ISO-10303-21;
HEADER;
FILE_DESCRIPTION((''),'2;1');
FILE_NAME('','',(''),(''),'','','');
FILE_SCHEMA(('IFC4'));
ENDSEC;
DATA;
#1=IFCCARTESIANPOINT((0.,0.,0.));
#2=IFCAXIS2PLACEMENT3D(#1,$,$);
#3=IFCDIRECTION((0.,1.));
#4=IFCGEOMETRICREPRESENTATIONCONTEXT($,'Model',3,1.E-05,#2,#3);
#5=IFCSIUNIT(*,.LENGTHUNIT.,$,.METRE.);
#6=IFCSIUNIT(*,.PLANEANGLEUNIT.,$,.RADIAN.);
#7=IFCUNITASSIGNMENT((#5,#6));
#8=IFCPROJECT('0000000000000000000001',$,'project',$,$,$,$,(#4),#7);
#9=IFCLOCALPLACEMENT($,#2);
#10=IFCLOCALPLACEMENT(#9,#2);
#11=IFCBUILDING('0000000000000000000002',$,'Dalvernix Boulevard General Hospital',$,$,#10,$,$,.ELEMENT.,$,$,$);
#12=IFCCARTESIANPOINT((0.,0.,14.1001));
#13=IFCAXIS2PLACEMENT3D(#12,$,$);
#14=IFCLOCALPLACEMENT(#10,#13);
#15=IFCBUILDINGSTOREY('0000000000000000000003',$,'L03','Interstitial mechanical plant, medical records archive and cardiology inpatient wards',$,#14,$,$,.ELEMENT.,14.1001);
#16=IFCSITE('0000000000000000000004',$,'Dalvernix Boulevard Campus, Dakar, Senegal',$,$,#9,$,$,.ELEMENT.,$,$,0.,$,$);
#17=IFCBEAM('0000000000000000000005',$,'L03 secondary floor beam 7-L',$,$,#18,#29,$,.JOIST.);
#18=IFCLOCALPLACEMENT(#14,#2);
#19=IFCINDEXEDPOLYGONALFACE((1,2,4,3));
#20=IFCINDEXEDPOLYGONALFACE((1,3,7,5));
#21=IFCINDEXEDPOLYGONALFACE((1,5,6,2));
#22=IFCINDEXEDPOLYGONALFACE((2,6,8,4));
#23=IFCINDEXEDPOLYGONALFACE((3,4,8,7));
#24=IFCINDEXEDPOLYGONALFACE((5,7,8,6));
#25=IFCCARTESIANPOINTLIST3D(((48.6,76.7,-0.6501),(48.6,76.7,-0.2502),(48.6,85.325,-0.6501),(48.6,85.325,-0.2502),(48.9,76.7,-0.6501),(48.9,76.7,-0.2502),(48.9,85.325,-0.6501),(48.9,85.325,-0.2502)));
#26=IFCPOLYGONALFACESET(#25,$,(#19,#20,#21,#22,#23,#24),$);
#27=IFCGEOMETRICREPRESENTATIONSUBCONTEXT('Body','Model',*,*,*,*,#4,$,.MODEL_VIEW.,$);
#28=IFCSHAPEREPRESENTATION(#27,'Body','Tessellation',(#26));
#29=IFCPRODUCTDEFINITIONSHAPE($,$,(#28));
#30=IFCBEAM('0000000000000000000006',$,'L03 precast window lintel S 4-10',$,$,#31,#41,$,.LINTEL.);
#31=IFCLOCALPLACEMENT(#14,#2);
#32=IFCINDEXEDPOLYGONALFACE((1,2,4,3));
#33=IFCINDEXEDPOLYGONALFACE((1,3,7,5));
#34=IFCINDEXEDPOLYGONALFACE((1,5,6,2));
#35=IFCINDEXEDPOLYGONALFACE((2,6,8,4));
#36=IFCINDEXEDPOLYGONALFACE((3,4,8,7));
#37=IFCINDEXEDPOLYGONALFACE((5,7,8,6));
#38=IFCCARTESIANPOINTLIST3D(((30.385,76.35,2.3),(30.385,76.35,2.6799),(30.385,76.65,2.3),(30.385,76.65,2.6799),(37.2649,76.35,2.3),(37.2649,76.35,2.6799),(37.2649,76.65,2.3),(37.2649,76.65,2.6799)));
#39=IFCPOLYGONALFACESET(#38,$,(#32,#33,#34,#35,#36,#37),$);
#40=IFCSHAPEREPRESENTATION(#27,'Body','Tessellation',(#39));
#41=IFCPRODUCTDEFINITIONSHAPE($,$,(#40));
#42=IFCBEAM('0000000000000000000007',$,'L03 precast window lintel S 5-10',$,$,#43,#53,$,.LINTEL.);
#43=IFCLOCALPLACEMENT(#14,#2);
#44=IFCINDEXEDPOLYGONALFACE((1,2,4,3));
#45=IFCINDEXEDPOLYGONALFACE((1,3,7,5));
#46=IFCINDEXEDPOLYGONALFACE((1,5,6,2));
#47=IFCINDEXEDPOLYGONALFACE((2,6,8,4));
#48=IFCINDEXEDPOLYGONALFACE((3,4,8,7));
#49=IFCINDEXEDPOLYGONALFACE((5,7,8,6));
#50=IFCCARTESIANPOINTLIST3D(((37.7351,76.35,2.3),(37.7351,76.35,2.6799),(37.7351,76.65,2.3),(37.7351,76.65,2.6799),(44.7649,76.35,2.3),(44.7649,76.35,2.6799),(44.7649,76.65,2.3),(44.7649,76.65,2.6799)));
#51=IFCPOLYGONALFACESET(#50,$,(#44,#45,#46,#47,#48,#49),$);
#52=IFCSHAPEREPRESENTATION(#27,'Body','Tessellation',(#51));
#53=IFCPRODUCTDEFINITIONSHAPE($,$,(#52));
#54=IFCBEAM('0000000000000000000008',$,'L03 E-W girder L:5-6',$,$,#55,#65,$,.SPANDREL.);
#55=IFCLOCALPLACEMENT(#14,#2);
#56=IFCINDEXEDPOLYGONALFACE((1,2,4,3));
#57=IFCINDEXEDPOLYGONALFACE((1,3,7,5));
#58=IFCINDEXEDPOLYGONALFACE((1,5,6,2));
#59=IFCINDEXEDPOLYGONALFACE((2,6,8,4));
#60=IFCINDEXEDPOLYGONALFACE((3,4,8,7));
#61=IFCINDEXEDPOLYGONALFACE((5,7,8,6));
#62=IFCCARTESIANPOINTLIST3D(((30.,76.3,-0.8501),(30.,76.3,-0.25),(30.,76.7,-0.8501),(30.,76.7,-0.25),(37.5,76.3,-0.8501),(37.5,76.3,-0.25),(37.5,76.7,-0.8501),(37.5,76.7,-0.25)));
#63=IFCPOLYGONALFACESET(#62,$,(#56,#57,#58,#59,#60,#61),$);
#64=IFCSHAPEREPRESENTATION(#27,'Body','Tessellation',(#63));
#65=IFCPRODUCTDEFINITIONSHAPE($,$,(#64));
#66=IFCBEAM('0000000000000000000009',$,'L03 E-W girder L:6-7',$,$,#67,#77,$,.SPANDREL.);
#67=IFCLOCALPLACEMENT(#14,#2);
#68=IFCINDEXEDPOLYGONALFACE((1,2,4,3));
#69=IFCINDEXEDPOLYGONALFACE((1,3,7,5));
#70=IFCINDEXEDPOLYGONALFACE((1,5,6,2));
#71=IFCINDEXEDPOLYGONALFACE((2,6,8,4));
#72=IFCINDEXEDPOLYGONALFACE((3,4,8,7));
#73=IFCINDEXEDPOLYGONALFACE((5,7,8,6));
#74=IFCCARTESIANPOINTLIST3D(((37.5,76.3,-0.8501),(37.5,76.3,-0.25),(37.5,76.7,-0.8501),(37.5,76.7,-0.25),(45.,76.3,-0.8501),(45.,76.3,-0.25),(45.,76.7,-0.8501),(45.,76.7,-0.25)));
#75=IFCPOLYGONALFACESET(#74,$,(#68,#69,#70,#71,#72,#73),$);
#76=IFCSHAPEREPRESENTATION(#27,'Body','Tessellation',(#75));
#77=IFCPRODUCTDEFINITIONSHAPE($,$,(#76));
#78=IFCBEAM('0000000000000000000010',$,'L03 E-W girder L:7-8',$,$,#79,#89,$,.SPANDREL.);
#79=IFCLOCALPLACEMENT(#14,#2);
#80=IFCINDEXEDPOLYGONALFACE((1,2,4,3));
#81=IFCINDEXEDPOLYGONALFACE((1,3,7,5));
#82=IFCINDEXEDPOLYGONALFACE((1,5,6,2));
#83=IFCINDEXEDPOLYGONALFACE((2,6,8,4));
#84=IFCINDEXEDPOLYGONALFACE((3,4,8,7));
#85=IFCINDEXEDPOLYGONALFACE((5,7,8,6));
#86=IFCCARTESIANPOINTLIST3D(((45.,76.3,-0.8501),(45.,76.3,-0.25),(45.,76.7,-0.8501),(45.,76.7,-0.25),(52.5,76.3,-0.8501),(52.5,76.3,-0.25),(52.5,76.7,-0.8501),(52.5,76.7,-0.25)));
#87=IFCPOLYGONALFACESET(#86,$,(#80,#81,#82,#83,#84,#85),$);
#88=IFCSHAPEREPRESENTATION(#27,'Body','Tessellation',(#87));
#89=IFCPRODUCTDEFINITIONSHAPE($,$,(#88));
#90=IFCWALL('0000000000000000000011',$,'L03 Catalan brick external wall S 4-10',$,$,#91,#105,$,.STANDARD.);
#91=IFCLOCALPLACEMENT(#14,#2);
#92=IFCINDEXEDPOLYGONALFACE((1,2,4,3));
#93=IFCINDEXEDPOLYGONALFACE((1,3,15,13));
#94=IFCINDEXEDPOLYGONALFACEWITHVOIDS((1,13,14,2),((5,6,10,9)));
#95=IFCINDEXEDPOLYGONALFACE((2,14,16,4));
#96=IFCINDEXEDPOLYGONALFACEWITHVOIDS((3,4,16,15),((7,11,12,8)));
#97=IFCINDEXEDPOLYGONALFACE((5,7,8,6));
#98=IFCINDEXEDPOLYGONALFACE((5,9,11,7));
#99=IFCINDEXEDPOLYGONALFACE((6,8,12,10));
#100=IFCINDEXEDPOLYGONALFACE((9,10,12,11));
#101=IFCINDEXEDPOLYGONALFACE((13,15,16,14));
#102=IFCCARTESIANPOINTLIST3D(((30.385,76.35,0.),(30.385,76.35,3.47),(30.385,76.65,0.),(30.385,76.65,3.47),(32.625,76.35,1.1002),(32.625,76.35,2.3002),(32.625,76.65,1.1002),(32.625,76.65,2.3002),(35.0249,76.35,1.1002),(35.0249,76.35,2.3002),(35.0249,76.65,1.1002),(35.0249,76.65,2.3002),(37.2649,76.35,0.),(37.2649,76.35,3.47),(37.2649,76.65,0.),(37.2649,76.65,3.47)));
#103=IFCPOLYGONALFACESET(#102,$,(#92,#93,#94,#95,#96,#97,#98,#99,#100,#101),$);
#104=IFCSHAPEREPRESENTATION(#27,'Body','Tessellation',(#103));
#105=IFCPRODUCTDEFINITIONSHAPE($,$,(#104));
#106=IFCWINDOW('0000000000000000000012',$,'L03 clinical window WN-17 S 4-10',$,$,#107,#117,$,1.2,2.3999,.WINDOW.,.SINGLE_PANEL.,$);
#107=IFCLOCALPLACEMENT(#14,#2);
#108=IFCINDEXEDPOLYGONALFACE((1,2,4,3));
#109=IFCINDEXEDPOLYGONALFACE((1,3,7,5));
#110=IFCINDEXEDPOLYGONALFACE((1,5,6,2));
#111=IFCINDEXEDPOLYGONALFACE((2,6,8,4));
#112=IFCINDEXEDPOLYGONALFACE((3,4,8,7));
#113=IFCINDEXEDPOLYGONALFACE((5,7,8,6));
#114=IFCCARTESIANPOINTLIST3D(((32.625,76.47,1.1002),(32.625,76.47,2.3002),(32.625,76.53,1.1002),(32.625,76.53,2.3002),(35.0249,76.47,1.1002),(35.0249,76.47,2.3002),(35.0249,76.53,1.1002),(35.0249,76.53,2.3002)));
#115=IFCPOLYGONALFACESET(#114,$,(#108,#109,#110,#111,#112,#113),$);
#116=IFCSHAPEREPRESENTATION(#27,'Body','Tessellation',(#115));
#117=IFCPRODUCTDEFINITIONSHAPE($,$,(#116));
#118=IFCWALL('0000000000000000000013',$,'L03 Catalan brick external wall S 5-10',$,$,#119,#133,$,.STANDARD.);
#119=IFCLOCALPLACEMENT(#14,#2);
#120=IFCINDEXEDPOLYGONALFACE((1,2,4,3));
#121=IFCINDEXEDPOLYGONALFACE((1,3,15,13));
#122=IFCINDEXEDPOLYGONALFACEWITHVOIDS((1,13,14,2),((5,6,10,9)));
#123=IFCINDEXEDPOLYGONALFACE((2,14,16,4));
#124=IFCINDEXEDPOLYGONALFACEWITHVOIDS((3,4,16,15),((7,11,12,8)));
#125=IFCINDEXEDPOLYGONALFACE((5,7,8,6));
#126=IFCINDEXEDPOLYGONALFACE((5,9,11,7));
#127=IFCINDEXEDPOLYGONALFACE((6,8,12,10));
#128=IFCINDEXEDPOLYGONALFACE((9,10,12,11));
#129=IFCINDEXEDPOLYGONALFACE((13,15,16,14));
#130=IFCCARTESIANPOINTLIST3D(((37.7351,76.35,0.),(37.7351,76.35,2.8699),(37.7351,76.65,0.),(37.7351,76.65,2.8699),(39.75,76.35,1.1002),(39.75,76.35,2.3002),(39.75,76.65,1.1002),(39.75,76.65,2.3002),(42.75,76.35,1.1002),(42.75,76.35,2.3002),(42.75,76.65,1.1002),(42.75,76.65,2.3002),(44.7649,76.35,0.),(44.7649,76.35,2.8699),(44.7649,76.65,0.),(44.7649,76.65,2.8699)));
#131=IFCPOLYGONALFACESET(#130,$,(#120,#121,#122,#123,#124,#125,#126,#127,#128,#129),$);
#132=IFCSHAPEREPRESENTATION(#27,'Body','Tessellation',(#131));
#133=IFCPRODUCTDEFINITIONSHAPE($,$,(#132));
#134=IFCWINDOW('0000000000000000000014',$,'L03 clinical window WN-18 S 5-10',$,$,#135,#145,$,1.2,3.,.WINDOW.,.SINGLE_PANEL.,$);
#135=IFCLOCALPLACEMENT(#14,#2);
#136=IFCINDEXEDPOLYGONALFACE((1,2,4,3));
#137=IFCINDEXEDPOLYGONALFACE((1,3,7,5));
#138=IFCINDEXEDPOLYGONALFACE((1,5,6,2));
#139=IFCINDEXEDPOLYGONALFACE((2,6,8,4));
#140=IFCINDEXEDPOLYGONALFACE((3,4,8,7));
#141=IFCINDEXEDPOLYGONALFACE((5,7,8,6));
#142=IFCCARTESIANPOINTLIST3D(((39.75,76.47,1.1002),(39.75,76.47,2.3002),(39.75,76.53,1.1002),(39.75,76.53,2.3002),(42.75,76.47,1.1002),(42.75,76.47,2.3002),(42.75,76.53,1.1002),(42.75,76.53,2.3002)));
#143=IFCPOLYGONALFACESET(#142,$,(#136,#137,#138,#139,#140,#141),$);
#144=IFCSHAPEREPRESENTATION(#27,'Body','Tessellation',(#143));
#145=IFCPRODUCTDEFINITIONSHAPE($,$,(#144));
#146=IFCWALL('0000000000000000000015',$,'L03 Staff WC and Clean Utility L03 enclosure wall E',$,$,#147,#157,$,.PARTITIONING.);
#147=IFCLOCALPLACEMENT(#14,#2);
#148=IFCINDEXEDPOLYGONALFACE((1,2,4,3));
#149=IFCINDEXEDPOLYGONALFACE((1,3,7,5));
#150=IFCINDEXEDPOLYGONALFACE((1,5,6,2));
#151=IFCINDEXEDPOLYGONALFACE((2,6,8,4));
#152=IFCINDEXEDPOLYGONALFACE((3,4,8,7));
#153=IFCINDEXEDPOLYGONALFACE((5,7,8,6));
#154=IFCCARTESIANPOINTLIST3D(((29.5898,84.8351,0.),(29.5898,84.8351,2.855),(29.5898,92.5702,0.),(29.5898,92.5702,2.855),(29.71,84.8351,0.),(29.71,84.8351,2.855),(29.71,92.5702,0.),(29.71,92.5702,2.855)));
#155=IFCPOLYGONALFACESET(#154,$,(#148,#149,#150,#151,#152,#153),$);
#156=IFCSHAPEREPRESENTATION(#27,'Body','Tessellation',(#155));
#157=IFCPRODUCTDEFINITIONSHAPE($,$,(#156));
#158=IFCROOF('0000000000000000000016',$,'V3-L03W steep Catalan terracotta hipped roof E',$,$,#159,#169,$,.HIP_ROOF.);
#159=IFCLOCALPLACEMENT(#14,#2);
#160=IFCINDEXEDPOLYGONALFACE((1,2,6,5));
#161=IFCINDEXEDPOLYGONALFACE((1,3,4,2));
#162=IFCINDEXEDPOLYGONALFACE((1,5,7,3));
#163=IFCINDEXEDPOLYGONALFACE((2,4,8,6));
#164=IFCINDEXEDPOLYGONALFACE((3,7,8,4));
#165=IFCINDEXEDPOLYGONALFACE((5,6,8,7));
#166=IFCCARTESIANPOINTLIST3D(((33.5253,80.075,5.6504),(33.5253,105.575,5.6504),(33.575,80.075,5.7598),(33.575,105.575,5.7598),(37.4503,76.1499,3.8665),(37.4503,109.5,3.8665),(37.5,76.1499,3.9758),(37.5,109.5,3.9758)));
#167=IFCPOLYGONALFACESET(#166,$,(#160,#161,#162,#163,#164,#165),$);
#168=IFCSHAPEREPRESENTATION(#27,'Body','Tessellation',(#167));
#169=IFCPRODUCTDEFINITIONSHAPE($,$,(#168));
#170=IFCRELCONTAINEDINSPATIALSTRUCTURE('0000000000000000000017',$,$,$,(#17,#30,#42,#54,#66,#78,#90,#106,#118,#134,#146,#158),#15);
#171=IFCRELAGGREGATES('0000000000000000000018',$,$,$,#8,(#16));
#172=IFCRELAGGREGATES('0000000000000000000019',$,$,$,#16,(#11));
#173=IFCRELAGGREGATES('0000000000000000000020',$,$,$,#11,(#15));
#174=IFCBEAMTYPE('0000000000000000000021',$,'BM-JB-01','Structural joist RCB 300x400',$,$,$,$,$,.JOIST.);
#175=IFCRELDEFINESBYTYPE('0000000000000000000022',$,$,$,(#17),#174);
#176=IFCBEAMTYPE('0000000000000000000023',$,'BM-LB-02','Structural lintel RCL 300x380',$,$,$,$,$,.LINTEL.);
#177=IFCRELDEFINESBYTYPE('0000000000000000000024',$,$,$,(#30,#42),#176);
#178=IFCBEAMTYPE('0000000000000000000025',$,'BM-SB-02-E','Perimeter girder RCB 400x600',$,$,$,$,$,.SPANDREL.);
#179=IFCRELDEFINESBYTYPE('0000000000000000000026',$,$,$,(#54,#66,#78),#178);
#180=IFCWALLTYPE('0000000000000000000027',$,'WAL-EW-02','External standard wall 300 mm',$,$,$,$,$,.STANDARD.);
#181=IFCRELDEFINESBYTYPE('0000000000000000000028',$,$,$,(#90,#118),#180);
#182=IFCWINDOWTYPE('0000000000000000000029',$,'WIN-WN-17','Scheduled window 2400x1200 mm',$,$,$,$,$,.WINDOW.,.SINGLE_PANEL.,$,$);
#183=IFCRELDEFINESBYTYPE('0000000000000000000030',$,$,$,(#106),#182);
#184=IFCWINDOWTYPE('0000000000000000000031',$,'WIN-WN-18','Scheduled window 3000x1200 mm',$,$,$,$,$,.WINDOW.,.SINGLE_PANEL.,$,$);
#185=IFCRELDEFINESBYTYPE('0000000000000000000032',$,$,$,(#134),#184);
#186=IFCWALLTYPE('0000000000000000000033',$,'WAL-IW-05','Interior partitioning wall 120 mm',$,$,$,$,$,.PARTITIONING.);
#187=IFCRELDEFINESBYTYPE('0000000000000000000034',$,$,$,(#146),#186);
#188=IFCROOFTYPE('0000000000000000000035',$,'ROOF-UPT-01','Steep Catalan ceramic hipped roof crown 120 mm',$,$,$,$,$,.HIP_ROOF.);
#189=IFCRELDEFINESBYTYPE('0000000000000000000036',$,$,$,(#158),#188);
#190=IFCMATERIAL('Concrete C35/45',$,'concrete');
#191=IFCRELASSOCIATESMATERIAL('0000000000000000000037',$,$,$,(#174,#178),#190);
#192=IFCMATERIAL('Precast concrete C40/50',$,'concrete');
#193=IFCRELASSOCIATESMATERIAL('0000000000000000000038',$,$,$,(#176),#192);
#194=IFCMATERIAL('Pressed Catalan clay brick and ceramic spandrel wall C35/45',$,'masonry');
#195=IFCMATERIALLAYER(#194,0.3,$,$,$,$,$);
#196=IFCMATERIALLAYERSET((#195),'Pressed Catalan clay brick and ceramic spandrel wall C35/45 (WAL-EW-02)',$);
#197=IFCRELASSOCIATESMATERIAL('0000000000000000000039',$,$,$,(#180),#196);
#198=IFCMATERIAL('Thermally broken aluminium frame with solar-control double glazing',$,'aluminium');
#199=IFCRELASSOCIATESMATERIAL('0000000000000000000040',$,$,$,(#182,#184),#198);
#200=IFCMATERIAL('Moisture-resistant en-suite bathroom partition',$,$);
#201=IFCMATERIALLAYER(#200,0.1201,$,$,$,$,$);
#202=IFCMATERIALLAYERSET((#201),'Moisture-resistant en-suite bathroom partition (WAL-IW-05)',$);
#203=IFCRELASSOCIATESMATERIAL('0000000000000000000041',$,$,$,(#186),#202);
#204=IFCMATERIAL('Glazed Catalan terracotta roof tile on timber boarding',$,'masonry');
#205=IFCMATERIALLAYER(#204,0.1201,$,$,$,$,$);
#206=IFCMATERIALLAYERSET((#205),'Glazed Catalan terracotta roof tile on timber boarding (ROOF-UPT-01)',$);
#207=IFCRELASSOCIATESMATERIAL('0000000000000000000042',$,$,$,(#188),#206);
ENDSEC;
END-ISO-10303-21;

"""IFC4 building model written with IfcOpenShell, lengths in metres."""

from ifc_helpers import new_model, si_unit, direction, frame, frame_2d, origin, origin_2d, place, context, subcontext, project, spatial, polyline, rectangle, outline, extrude, material, layer, layer_set, material_profile, profile_set, type_object, element, fill, save


model = new_model("IFC4")

# Units and contexts
model_context = context("Model", 3, precision=1e-05, world=origin(), true_north=direction((0.0, 1.0)))
body_context = subcontext(model_context, "Body", "Model", "MODEL_VIEW")
ifc_project = project(units=[si_unit("LENGTHUNIT", "METRE"), si_unit("PLANEANGLEUNIT", "RADIAN")], contexts=[model_context])

# Site, building, storey
site_placement = place(None, origin())
site = spatial("IfcSite", under=ifc_project, at=site_placement, Name="Dalvernix Boulevard Campus, Dakar, Senegal", CompositionType="ELEMENT", RefElevation=0.0)
building_placement = place(site_placement, origin())
building = spatial("IfcBuilding", under=site, at=building_placement, Name="Dalvernix Boulevard General Hospital", CompositionType="ELEMENT")
storey_placement = place(building_placement, frame((0.0, 0.0, 14.1001)))
storey = spatial("IfcBuildingStorey", under=building, at=storey_placement, Name="L03", Description="Interstitial mechanical plant, medical records archive and cardiology inpatient wards", CompositionType="ELEMENT", Elevation=14.1001)

# Beams
ifc_material_1 = material(Name="Concrete C35/45", Category="concrete")
ifc_material_profile_1 = material_profile(ifc_material_1, rectangle(XDim=0.3, YDim=0.3999, at=origin_2d()), Name="RCB 300x400")
ifc_profile_set_1 = profile_set([ifc_material_profile_1], Name="Concrete C35/45")
beam_type_1 = type_object("IfcBeamType", Name="BM-JB-01", Description="Structural joist RCB 300x400", PredefinedType="JOIST", material=ifc_profile_set_1)
for number, where, z_axis, x_axis, name in (
    (1, (48.75, 76.7, -0.4502), (0.0, 1.0, 0.0), (-1.0, 0.0, 0.0), "L03 secondary floor beam 7-L"),
):
    element("IfcBeam", number, at=place(storey_placement, frame(where, z_axis=z_axis, x_axis=x_axis)), inside=storey, type_object=beam_type_1, Name=name, PredefinedType="JOIST", context=body_context, shape_type="SweptSolid", body=[
        extrude(rectangle(XDim=0.3, YDim=0.3999, at=origin_2d()), origin(), (0.0, 0.0, 1.0), 8.625),
    ])
ifc_material_2 = material(Name="Precast concrete C40/50", Category="concrete")
ifc_material_profile_2 = material_profile(ifc_material_2, rectangle(XDim=0.3, YDim=0.3799, at=origin_2d()), Name="RCL 300x380")
ifc_profile_set_2 = profile_set([ifc_material_profile_2], Name="Precast concrete C40/50")
beam_type_2 = type_object("IfcBeamType", Name="BM-LB-02", Description="Structural lintel RCL 300x380", PredefinedType="LINTEL", material=ifc_profile_set_2)
beam_1_placement = place(storey_placement, frame((37.2649, 76.5, 2.49), z_axis=(-1.0, 0.0, 0.0), x_axis=(0.0, -1.0, 0.0)))
element("IfcBeam", 2, at=beam_1_placement, inside=storey, type_object=beam_type_2, Name="L03 precast window lintel S 4-10", PredefinedType="LINTEL", context=body_context, shape_type="SweptSolid", body=[
    extrude(rectangle(XDim=0.3, YDim=0.3799, at=origin_2d()), origin(), (0.0, 0.0, 1.0), 6.8799),
])
beam_2_placement = place(storey_placement, frame((44.7649, 76.5, 2.49), z_axis=(-1.0, 0.0, 0.0), x_axis=(0.0, -1.0, 0.0)))
element("IfcBeam", 3, at=beam_2_placement, inside=storey, type_object=beam_type_2, Name="L03 precast window lintel S 5-10", PredefinedType="LINTEL", context=body_context, shape_type="SweptSolid", body=[
    extrude(rectangle(XDim=0.3, YDim=0.3799, at=origin_2d()), origin(), (0.0, 0.0, 1.0), 7.0298),
])
ifc_material_profile_3 = material_profile(ifc_material_1, rectangle(XDim=0.3999, YDim=0.6001, at=origin_2d()), Name="RCB 400x600")
ifc_profile_set_3 = profile_set([ifc_material_profile_3], Name="Concrete C35/45")
beam_type_3 = type_object("IfcBeamType", Name="BM-SB-02-E", Description="Perimeter girder RCB 400x600", PredefinedType="SPANDREL", material=ifc_profile_set_3)
for number, where, z_axis, x_axis, name in (
    (4, (30.0, 76.5, -0.55), (1.0, 0.0, 0.0), (0.0, 1.0, 0.0), "L03 E-W girder L:5-6"),
    (5, (37.5, 76.5, -0.55), (1.0, 0.0, 0.0), (0.0, 1.0, 0.0), "L03 E-W girder L:6-7"),
    (6, (45.0, 76.5, -0.55), (1.0, 0.0, 0.0), (0.0, 1.0, 0.0), "L03 E-W girder L:7-8"),
):
    element("IfcBeam", number, at=place(storey_placement, frame(where, z_axis=z_axis, x_axis=x_axis)), inside=storey, type_object=beam_type_3, Name=name, PredefinedType="SPANDREL", context=body_context, shape_type="SweptSolid", body=[
        extrude(rectangle(XDim=0.3999, YDim=0.6001, at=origin_2d()), origin(), (0.0, 0.0, 1.0), 7.5),
    ])

# Walls, openings, windows
ifc_material_3 = material(Name="Pressed Catalan clay brick and ceramic spandrel wall C35/45", Category="masonry")
ifc_layer_1 = layer(ifc_material_3, 0.3)
ifc_layer_set_1 = layer_set([ifc_layer_1], Name="Pressed Catalan clay brick and ceramic spandrel wall C35/45 (WAL-EW-02)")
wall_type_1 = type_object("IfcWallType", Name="WAL-EW-02", Description="External standard wall 300 mm", PredefinedType="STANDARD", material=ifc_layer_set_1)
wall_1_placement = place(storey_placement, frame((37.2649, 76.5, 0.0), z_axis=(0.0, 0.0, 1.0), x_axis=(-1.0, 0.0, 0.0)))
wall_1 = element("IfcWall", 7, at=wall_1_placement, inside=storey, type_object=wall_type_1, Name="L03 Catalan brick external wall S 4-10", PredefinedType="STANDARD", context=body_context, shape_type="SweptSolid", body=[
    extrude(rectangle(XDim=6.8799, YDim=0.3, at=frame_2d((3.4399, 0.0))), origin(), (0.0, 0.0, 1.0), 3.47),
])
opening_1_placement = place(wall_1_placement, frame((2.24, 0.0, 1.1001)))
opening_1 = element("IfcOpeningElement", 8, at=opening_1_placement, cuts=wall_1, PredefinedType="OPENING", context=body_context, shape_type="SweptSolid", body=[
    extrude(rectangle(XDim=2.3999, YDim=1.2, at=frame_2d((1.2, 0.6001))), frame((0.0, 0.1599, 0.0), z_axis=(0.0, -1.0, 0.0), x_axis=(1.0, 0.0, 0.0)), (0.0, 0.0, 1.0), 0.3201),
])
ifc_material_4 = material(Name="Thermally broken aluminium frame with solar-control double glazing", Category="aluminium")
window_type_1 = type_object("IfcWindowType", Name="WIN-WN-17", Description="Scheduled window 2400x1200 mm", PartitioningType="SINGLE_PANEL", PredefinedType="WINDOW", material=ifc_material_4)
window_1_placement = place(opening_1_placement, origin())
window_1 = element("IfcWindow", 9, at=window_1_placement, inside=storey, type_object=window_type_1, Name="L03 clinical window WN-17 S 4-10", OverallHeight=1.2, OverallWidth=2.3999, PartitioningType="SINGLE_PANEL", PredefinedType="WINDOW", context=body_context, shape_type="SweptSolid", body=[
    extrude(rectangle(XDim=2.3999, YDim=1.2, at=frame_2d((1.2, 0.6001))), frame((0.0, 0.03, 0.0), z_axis=(0.0, -1.0, 0.0), x_axis=(1.0, 0.0, 0.0)), (0.0, 0.0, 1.0), 0.0601),
])
fill(opening_1, window_1)
wall_2_placement = place(storey_placement, frame((44.7649, 76.5, 0.0), z_axis=(0.0, 0.0, 1.0), x_axis=(-1.0, 0.0, 0.0)))
wall_2 = element("IfcWall", 10, at=wall_2_placement, inside=storey, type_object=wall_type_1, Name="L03 Catalan brick external wall S 5-10", PredefinedType="STANDARD", context=body_context, shape_type="SweptSolid", body=[
    extrude(rectangle(XDim=7.0298, YDim=0.3, at=frame_2d((3.5149, 0.0))), origin(), (0.0, 0.0, 1.0), 2.8699),
])
opening_2_placement = place(wall_2_placement, frame((2.0149, 0.0, 1.1001)))
opening_2 = element("IfcOpeningElement", 11, at=opening_2_placement, cuts=wall_2, PredefinedType="OPENING", context=body_context, shape_type="SweptSolid", body=[
    extrude(rectangle(XDim=3.0, YDim=1.2, at=frame_2d((1.5, 0.6001))), frame((0.0, 0.1599, 0.0), z_axis=(0.0, -1.0, 0.0), x_axis=(1.0, 0.0, 0.0)), (0.0, 0.0, 1.0), 0.3201),
])
window_type_2 = type_object("IfcWindowType", Name="WIN-WN-18", Description="Scheduled window 3000x1200 mm", PartitioningType="SINGLE_PANEL", PredefinedType="WINDOW", material=ifc_material_4)
window_2_placement = place(opening_2_placement, origin())
window_2 = element("IfcWindow", 12, at=window_2_placement, inside=storey, type_object=window_type_2, Name="L03 clinical window WN-18 S 5-10", OverallHeight=1.2, OverallWidth=3.0, PartitioningType="SINGLE_PANEL", PredefinedType="WINDOW", context=body_context, shape_type="SweptSolid", body=[
    extrude(rectangle(XDim=3.0, YDim=1.2, at=frame_2d((1.5, 0.6001))), frame((0.0, 0.03, 0.0), z_axis=(0.0, -1.0, 0.0), x_axis=(1.0, 0.0, 0.0)), (0.0, 0.0, 1.0), 0.0601),
])
fill(opening_2, window_2)

# Wall
ifc_material_5 = material(Name="Moisture-resistant en-suite bathroom partition")
ifc_layer_2 = layer(ifc_material_5, 0.1201)
ifc_layer_set_2 = layer_set([ifc_layer_2], Name="Moisture-resistant en-suite bathroom partition (WAL-IW-05)")
wall_type_2 = type_object("IfcWallType", Name="WAL-IW-05", Description="Interior partitioning wall 120 mm", PredefinedType="PARTITIONING", material=ifc_layer_set_2)
wall_3_placement = place(storey_placement, frame((29.6499, 84.835, 0.0), z_axis=(0.0, 0.0, 1.0), x_axis=(0.0, 1.0, 0.0)))
element("IfcWall", 13, at=wall_3_placement, inside=storey, type_object=wall_type_2, Name="L03 Staff WC and Clean Utility L03 enclosure wall E", PredefinedType="PARTITIONING", context=body_context, shape_type="SweptSolid", body=[
    extrude(rectangle(XDim=7.7351, YDim=0.1201, at=frame_2d((3.8677, 0.0))), origin(), (0.0, 0.0, 1.0), 2.855),
])

# Roof
ifc_material_6 = material(Name="Glazed Catalan terracotta roof tile on timber boarding", Category="masonry")
ifc_layer_3 = layer(ifc_material_6, 0.1201)
ifc_layer_set_3 = layer_set([ifc_layer_3], Name="Glazed Catalan terracotta roof tile on timber boarding (ROOF-UPT-01)")
roof_type = type_object("IfcRoofType", Name="ROOF-UPT-01", Description="Steep Catalan ceramic hipped roof crown 120 mm", PredefinedType="HIP_ROOF", material=ifc_layer_set_3)
roof_placement = place(storey_placement, frame((37.5, 76.1499, 3.9758), z_axis=(0.413769, 0.0, 0.910382), x_axis=(0.0, 1.0, 0.0)))
element("IfcRoof", 14, at=roof_placement, inside=storey, type_object=roof_type, Name="V3-L03W steep Catalan terracotta hipped roof E", PredefinedType="HIP_ROOF", context=body_context, shape_type="SweptSolid", body=[
    extrude(outline(polyline([(0.0, 0.0), (33.3501, 0.0), (29.425, 4.3114), (3.925, 4.3114), (0.0, 0.0)])), origin(), (0.0, 0.0, -1.0), 0.1201),
])

save(model, "model.ifc")
